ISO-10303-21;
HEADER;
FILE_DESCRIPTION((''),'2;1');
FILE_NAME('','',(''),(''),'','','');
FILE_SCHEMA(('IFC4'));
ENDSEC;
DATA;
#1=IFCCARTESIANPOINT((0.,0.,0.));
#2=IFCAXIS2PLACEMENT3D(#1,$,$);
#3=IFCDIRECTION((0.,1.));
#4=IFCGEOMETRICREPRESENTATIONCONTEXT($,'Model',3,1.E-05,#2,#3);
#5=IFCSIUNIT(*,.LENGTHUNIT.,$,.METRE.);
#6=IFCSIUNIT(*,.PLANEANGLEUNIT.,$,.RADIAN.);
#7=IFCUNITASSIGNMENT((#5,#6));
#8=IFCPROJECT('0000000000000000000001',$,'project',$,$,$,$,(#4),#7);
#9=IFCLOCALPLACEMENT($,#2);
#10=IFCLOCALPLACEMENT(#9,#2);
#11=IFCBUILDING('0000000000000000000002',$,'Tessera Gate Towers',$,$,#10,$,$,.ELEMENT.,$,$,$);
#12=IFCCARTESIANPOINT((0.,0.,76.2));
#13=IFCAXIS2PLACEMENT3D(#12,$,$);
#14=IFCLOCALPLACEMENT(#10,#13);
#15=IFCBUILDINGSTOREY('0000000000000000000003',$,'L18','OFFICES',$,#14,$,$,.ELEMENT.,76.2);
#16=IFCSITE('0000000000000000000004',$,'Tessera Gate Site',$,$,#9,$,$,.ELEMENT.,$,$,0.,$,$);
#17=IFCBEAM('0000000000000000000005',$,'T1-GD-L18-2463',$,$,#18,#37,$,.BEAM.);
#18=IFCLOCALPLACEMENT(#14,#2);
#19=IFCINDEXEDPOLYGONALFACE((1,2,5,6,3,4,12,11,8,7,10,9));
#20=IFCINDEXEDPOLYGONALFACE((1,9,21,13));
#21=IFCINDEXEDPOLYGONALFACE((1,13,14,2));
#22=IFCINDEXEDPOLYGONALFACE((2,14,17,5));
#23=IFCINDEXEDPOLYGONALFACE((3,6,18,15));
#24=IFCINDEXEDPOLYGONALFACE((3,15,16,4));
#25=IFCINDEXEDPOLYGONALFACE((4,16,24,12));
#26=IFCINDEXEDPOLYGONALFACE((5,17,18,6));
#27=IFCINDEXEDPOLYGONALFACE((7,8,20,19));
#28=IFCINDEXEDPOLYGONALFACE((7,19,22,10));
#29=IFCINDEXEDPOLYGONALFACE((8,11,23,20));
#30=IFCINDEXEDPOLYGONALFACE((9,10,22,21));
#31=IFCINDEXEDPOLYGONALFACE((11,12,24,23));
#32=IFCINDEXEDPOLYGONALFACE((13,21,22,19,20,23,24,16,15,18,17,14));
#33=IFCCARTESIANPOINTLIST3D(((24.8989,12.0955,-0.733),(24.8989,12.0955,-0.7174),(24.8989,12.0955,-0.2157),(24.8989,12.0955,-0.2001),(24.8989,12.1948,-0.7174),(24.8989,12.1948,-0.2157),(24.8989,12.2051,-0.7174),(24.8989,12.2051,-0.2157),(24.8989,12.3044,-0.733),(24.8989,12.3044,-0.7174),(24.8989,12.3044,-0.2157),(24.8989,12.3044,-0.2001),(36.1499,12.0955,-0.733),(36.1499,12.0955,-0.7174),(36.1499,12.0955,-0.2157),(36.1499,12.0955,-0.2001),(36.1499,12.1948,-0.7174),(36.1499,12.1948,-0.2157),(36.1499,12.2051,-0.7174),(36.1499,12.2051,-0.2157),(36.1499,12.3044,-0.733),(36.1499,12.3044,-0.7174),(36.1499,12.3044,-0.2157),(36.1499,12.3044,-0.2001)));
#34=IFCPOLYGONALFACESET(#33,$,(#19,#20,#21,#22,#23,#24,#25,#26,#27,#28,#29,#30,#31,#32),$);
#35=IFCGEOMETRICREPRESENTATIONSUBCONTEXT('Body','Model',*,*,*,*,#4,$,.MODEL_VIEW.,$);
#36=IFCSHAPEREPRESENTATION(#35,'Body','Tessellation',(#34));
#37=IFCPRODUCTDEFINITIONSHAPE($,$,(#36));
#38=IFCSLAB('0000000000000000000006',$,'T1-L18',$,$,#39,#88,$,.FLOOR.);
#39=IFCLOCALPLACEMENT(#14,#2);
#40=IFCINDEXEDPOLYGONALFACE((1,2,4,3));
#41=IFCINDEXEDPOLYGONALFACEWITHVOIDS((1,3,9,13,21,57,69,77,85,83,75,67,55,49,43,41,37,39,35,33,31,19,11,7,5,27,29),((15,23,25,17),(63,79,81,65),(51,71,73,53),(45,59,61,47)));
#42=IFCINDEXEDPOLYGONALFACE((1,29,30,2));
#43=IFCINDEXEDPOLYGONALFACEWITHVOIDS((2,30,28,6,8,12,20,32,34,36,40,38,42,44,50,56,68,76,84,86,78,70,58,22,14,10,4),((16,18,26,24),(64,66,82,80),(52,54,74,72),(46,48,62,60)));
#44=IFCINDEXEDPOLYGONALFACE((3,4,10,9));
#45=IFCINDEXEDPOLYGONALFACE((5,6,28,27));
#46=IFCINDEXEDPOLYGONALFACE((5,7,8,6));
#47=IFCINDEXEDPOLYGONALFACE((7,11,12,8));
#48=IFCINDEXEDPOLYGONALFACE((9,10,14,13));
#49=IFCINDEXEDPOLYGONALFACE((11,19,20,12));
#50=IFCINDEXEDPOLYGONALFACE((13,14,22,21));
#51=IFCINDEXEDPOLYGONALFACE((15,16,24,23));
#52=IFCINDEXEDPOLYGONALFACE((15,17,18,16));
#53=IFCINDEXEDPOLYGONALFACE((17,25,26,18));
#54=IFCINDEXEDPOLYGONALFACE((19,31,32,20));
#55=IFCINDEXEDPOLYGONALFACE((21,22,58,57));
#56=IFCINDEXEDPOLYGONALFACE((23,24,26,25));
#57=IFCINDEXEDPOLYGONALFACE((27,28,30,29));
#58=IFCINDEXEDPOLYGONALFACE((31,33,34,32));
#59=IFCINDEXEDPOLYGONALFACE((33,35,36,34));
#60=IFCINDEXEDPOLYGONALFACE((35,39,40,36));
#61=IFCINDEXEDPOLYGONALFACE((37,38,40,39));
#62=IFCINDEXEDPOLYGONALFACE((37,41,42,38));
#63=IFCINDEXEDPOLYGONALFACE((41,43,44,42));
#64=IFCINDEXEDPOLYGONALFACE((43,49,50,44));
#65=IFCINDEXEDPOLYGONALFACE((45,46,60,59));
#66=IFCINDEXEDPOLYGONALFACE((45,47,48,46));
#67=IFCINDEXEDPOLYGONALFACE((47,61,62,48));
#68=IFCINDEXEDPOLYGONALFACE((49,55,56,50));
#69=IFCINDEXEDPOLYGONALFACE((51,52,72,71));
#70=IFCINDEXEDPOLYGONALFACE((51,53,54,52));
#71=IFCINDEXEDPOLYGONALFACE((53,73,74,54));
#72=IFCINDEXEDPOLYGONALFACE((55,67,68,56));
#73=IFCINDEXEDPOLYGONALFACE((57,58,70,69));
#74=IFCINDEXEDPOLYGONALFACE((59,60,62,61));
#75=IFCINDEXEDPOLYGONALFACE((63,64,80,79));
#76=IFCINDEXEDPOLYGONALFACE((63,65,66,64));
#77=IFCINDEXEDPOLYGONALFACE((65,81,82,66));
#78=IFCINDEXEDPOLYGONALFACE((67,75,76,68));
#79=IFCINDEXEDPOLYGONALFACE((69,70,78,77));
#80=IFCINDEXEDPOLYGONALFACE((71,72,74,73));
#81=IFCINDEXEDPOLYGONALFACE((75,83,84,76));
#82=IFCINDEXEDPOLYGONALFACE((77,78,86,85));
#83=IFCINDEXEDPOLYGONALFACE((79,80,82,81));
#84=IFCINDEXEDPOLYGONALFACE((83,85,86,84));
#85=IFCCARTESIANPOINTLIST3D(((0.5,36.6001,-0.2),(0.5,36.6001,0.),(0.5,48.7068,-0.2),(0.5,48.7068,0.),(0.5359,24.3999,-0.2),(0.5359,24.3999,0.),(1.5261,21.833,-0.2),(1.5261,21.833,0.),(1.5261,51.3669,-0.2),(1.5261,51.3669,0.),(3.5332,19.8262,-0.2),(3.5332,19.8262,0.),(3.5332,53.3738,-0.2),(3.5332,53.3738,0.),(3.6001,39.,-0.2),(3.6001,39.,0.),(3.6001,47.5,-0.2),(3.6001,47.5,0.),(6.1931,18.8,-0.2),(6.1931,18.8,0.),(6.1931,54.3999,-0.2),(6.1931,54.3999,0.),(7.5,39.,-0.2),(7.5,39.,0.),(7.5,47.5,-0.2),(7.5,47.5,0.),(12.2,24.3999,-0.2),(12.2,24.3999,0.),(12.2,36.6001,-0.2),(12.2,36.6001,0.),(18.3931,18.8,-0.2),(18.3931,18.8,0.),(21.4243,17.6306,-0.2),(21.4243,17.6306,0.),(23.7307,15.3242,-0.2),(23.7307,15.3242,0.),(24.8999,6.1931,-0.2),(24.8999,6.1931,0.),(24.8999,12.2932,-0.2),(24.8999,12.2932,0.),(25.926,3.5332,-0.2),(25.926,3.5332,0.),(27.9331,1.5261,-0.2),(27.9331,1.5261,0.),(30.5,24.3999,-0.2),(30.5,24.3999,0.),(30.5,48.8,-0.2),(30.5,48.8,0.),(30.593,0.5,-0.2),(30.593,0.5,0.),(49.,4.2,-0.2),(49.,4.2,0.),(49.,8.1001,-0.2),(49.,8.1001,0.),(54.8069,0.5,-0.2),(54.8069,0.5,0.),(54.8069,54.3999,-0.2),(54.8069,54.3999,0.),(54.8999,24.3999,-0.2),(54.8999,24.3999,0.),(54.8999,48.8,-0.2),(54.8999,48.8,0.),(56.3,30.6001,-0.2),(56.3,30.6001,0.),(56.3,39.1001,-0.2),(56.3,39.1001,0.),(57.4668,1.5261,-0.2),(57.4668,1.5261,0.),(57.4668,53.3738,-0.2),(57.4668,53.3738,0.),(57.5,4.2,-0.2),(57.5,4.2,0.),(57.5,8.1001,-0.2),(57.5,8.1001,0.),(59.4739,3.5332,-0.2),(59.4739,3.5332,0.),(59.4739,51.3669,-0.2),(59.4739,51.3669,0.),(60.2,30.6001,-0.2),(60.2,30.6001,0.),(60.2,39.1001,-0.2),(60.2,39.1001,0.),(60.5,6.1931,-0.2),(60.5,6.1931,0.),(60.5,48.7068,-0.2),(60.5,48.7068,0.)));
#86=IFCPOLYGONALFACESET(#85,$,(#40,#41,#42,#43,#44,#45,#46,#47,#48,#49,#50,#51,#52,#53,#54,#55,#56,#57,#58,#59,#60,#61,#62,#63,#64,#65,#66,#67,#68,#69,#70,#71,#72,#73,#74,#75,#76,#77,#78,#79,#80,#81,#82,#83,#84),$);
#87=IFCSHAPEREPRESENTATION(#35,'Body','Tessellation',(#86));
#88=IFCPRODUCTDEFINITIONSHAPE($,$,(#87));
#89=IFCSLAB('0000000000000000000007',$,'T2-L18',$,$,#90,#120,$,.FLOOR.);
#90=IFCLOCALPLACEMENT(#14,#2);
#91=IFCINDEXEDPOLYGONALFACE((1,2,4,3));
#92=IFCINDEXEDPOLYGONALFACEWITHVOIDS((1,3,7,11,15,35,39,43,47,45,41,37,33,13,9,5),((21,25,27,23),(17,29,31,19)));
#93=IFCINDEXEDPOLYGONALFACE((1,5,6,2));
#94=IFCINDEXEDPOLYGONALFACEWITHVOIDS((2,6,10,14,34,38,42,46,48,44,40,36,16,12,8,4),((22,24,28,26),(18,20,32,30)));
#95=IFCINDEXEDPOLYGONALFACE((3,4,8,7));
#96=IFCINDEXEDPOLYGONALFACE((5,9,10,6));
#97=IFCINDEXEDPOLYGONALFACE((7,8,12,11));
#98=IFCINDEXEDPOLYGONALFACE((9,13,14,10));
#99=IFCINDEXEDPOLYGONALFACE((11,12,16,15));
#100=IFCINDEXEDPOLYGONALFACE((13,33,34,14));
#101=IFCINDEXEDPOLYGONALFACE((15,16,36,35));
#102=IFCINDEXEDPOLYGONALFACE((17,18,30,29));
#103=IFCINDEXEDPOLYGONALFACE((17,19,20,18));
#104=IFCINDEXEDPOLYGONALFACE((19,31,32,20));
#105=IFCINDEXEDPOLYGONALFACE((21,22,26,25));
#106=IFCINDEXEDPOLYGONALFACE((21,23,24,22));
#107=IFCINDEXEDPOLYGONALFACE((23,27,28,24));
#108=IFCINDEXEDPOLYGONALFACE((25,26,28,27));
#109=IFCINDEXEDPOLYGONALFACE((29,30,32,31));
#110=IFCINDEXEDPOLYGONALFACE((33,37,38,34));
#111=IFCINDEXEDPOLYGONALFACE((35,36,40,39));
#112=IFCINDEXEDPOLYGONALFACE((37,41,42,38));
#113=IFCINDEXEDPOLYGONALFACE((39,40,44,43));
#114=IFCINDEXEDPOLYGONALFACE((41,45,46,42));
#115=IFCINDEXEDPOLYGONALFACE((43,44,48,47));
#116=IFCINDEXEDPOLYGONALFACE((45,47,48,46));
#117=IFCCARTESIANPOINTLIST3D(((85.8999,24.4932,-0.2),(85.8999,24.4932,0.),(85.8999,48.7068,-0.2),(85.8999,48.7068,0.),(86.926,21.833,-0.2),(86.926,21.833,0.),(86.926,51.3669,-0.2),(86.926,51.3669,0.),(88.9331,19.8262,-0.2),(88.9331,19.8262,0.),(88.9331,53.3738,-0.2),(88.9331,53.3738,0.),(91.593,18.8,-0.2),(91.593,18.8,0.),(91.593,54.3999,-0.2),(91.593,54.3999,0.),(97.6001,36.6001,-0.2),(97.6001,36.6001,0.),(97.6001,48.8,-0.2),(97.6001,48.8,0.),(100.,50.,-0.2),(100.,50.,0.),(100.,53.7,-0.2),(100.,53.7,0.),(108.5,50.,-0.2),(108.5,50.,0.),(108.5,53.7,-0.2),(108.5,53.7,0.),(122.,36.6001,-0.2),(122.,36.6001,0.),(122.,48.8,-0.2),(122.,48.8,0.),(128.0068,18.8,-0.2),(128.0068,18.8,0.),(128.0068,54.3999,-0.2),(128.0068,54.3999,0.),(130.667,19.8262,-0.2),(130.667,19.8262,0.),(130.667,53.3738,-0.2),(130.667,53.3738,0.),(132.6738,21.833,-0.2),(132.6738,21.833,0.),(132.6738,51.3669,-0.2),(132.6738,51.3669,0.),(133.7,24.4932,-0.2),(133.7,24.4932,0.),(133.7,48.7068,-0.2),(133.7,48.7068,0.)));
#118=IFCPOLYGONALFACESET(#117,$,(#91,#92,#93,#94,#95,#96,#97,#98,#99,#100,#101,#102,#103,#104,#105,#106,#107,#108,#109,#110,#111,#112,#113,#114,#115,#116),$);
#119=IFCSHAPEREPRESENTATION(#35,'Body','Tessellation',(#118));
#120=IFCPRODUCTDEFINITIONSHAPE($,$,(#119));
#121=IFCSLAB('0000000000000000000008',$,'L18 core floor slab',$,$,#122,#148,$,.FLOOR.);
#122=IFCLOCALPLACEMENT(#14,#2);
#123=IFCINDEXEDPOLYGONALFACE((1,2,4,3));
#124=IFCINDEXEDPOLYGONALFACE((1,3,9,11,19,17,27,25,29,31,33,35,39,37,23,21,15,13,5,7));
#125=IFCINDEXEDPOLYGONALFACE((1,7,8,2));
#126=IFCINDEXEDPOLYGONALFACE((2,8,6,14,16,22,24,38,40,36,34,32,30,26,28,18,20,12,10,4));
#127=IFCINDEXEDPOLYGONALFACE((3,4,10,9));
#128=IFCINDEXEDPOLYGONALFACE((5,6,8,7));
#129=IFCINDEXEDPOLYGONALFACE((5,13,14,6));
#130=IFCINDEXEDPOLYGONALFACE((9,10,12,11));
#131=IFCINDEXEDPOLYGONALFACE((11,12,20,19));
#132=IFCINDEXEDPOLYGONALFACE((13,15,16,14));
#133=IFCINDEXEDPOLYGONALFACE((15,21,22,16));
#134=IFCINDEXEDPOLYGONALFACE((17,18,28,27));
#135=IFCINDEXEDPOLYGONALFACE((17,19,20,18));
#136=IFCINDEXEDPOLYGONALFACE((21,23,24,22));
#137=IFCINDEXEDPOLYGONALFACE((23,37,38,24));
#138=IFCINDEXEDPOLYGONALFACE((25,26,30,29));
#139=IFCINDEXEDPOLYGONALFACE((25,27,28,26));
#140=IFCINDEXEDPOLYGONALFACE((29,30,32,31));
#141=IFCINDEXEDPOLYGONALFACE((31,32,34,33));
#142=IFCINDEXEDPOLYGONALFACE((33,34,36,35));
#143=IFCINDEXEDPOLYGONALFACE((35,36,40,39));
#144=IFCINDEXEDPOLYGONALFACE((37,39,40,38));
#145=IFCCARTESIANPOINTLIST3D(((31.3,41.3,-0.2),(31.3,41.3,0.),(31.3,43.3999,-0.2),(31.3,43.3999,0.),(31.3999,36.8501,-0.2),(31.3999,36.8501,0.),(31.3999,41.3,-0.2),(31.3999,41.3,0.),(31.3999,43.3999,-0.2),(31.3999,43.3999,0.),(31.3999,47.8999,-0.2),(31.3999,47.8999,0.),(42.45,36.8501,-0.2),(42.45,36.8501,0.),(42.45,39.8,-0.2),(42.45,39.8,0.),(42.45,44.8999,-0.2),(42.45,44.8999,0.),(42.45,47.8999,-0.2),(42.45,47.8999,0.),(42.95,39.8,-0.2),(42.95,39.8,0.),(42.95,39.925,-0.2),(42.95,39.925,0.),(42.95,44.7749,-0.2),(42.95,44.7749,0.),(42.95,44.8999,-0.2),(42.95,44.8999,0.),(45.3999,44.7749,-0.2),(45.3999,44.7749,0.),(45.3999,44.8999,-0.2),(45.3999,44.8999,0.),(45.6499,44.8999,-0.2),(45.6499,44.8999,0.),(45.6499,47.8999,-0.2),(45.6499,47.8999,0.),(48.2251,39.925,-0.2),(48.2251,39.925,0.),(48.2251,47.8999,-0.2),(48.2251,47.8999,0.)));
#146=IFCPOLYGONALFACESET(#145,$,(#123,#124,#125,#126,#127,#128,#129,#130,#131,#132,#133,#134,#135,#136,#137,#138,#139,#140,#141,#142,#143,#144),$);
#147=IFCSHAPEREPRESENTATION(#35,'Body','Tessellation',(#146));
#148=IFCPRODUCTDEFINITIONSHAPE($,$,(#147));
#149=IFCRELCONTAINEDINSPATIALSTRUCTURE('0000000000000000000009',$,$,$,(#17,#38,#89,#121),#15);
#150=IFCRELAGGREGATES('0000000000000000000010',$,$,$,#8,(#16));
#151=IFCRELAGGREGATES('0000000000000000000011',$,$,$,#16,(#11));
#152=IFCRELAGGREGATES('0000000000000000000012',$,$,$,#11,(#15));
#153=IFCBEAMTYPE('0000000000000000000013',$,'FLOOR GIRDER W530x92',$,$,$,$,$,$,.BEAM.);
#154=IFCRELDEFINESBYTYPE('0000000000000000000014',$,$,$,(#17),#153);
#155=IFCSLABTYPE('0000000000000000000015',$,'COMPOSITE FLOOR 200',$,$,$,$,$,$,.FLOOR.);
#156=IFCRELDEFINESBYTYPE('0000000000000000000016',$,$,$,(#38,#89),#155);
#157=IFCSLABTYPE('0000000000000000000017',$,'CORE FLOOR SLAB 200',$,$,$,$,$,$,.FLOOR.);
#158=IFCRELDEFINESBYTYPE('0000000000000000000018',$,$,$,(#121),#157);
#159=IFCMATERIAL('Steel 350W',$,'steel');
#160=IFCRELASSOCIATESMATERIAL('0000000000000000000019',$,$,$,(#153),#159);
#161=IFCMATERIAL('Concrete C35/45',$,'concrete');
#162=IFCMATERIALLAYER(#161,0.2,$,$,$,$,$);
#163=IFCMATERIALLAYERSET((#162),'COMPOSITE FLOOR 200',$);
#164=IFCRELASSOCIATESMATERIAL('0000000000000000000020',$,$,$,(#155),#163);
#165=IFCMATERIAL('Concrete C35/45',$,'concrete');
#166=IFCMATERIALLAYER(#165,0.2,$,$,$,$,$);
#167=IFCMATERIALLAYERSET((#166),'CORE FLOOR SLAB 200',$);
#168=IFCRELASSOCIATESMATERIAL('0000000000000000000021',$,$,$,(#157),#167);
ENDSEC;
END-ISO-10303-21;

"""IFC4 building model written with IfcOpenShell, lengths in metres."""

from ifc_helpers import new_model, si_unit, direction, frame, origin, origin_2d, place, context, subcontext, project, spatial, polyline, i_section, outline, extrude, material, layer, layer_set, material_profile, profile_set, type_object, element, save


model = new_model("IFC4")

# Units and contexts
model_context = context("Model", 3, precision=1e-05, world=origin(), true_north=direction((0.0, 1.0)))
body_context = subcontext(model_context, "Body", "Model", "MODEL_VIEW")
ifc_project = project(units=[si_unit("LENGTHUNIT", "METRE"), si_unit("PLANEANGLEUNIT", "RADIAN")], contexts=[model_context])

# Site, building, storey
site_placement = place(None, origin())
site = spatial("IfcSite", under=ifc_project, at=site_placement, Name="Tessera Gate Site", CompositionType="ELEMENT", RefElevation=0.0)
building_placement = place(site_placement, origin())
building = spatial("IfcBuilding", under=site, at=building_placement, Name="Tessera Gate Towers", CompositionType="ELEMENT")
storey_placement = place(building_placement, frame((0.0, 0.0, 76.2)))
storey = spatial("IfcBuildingStorey", under=building, at=storey_placement, Name="L18", Description="OFFICES", CompositionType="ELEMENT", Elevation=76.2)

# Beam
ifc_material_1 = material(Name="Steel 350W", Category="steel")
ifc_material_profile = material_profile(ifc_material_1, i_section(OverallWidth=0.209, OverallDepth=0.533, WebThickness=0.0103, FlangeThickness=0.0156, at=origin_2d()), Name="W530x92")
ifc_profile_set = profile_set([ifc_material_profile], Name="Steel 350W")
beam_type = type_object("IfcBeamType", Name="FLOOR GIRDER W530x92", PredefinedType="BEAM", material=ifc_profile_set)
beam_placement = place(storey_placement, frame((24.8989, 12.2, -0.4666), z_axis=(1.0, 0.0, 0.0), x_axis=(0.0, 1.0, 0.0)))
element("IfcBeam", 1, at=beam_placement, inside=storey, type_object=beam_type, Name="T1-GD-L18-2463", PredefinedType="BEAM", context=body_context, shape_type="SweptSolid", body=[
    extrude(i_section(OverallWidth=0.209, OverallDepth=0.533, WebThickness=0.0103, FlangeThickness=0.0156, at=origin_2d()), origin(), (0.0, 0.0, 1.0), 11.251),
])

# Slabs
ifc_material_2 = material(Name="Concrete C35/45", Category="concrete")
ifc_layer_1 = layer(ifc_material_2, 0.2)
ifc_layer_set_1 = layer_set([ifc_layer_1], Name="COMPOSITE FLOOR 200")
slab_type_1 = type_object("IfcSlabType", Name="COMPOSITE FLOOR 200", PredefinedType="FLOOR", material=ifc_layer_set_1)
slab_1_placement = place(storey_placement, frame((0.0, 0.0, -0.2)))
element("IfcSlab", 2, at=slab_1_placement, inside=storey, type_object=slab_type_1, Name="T1-L18", PredefinedType="FLOOR", context=body_context, shape_type="SweptSolid", body=[
    extrude(outline(polyline([(0.5, 36.6001), (12.2, 36.6001), (12.2, 24.3999), (0.5359, 24.3999), (1.5261, 21.833), (3.5332, 19.8262), (6.1931, 18.8), (18.3931, 18.8), (21.4243, 17.6306), (23.7307, 15.3242), (24.8999, 12.2932), (24.8999, 6.1931), (25.926, 3.5332), (27.9331, 1.5261), (30.593, 0.5), (54.8069, 0.5), (57.4668, 1.5261), (59.4739, 3.5332), (60.5, 6.1931), (60.5, 48.7068), (59.4739, 51.3669), (57.4668, 53.3738), (54.8069, 54.3999), (6.1931, 54.3999), (3.5332, 53.3738), (1.5261, 51.3669), (0.5, 48.7068), (0.5, 36.6001)]), holes=[polyline([(3.6001, 39.0), (3.6001, 47.5), (7.5, 47.5), (7.5, 39.0), (3.6001, 39.0)]), polyline([(30.5, 24.3999), (30.5, 48.8), (54.8999, 48.8), (54.8999, 24.3999), (30.5, 24.3999)]), polyline([(49.0, 4.2), (49.0, 8.1001), (57.5, 8.1001), (57.5, 4.2), (49.0, 4.2)]), polyline([(56.3, 30.6001), (56.3, 39.1001), (60.2, 39.1001), (60.2, 30.6001), (56.3, 30.6001)])]), origin(), (0.0, 0.0, 1.0), 0.2),
])
slab_2_placement = place(storey_placement, frame((0.0, 0.0, -0.2)))
element("IfcSlab", 3, at=slab_2_placement, inside=storey, type_object=slab_type_1, Name="T2-L18", PredefinedType="FLOOR", context=body_context, shape_type="SweptSolid", body=[
    extrude(outline(polyline([(85.8999, 24.4932), (86.926, 21.833), (88.9331, 19.8262), (91.593, 18.8), (128.0068, 18.8), (130.667, 19.8262), (132.6738, 21.833), (133.7, 24.4932), (133.7, 48.7068), (132.6738, 51.3669), (130.667, 53.3738), (128.0068, 54.3999), (91.593, 54.3999), (88.9331, 53.3738), (86.926, 51.3669), (85.8999, 48.7068), (85.8999, 24.4932)]), holes=[polyline([(97.6001, 36.6001), (97.6001, 48.8), (122.0, 48.8), (122.0, 36.6001), (97.6001, 36.6001)]), polyline([(100.0, 50.0), (100.0, 53.7), (108.5, 53.7), (108.5, 50.0), (100.0, 50.0)])]), origin(), (0.0, 0.0, 1.0), 0.2),
])
ifc_material_3 = material(Name="Concrete C35/45", Category="concrete")
ifc_layer_2 = layer(ifc_material_3, 0.2)
ifc_layer_set_2 = layer_set([ifc_layer_2], Name="CORE FLOOR SLAB 200")
slab_type_2 = type_object("IfcSlabType", Name="CORE FLOOR SLAB 200", PredefinedType="FLOOR", material=ifc_layer_set_2)
slab_3_placement = place(storey_placement, frame((0.0, 0.0, -0.2)))
element("IfcSlab", 4, at=slab_3_placement, inside=storey, type_object=slab_type_2, Name="L18 core floor slab", PredefinedType="FLOOR", context=body_context, shape_type="SweptSolid", body=[
    extrude(outline(polyline([(31.3999, 47.8999), (31.3999, 43.3999), (31.3, 43.3999), (31.3, 41.3), (31.3999, 41.3), (31.3999, 36.8501), (42.45, 36.8501), (42.45, 39.8), (42.95, 39.8), (42.95, 39.925), (48.2251, 39.925), (48.2251, 47.8999), (45.6499, 47.8999), (45.6499, 44.8999), (45.3999, 44.8999), (45.3999, 44.7749), (42.95, 44.7749), (42.95, 44.8999), (42.45, 44.8999), (42.45, 47.8999), (31.3999, 47.8999)])), origin(), (0.0, 0.0, 1.0), 0.2),
])

save(model, "model.ifc")
